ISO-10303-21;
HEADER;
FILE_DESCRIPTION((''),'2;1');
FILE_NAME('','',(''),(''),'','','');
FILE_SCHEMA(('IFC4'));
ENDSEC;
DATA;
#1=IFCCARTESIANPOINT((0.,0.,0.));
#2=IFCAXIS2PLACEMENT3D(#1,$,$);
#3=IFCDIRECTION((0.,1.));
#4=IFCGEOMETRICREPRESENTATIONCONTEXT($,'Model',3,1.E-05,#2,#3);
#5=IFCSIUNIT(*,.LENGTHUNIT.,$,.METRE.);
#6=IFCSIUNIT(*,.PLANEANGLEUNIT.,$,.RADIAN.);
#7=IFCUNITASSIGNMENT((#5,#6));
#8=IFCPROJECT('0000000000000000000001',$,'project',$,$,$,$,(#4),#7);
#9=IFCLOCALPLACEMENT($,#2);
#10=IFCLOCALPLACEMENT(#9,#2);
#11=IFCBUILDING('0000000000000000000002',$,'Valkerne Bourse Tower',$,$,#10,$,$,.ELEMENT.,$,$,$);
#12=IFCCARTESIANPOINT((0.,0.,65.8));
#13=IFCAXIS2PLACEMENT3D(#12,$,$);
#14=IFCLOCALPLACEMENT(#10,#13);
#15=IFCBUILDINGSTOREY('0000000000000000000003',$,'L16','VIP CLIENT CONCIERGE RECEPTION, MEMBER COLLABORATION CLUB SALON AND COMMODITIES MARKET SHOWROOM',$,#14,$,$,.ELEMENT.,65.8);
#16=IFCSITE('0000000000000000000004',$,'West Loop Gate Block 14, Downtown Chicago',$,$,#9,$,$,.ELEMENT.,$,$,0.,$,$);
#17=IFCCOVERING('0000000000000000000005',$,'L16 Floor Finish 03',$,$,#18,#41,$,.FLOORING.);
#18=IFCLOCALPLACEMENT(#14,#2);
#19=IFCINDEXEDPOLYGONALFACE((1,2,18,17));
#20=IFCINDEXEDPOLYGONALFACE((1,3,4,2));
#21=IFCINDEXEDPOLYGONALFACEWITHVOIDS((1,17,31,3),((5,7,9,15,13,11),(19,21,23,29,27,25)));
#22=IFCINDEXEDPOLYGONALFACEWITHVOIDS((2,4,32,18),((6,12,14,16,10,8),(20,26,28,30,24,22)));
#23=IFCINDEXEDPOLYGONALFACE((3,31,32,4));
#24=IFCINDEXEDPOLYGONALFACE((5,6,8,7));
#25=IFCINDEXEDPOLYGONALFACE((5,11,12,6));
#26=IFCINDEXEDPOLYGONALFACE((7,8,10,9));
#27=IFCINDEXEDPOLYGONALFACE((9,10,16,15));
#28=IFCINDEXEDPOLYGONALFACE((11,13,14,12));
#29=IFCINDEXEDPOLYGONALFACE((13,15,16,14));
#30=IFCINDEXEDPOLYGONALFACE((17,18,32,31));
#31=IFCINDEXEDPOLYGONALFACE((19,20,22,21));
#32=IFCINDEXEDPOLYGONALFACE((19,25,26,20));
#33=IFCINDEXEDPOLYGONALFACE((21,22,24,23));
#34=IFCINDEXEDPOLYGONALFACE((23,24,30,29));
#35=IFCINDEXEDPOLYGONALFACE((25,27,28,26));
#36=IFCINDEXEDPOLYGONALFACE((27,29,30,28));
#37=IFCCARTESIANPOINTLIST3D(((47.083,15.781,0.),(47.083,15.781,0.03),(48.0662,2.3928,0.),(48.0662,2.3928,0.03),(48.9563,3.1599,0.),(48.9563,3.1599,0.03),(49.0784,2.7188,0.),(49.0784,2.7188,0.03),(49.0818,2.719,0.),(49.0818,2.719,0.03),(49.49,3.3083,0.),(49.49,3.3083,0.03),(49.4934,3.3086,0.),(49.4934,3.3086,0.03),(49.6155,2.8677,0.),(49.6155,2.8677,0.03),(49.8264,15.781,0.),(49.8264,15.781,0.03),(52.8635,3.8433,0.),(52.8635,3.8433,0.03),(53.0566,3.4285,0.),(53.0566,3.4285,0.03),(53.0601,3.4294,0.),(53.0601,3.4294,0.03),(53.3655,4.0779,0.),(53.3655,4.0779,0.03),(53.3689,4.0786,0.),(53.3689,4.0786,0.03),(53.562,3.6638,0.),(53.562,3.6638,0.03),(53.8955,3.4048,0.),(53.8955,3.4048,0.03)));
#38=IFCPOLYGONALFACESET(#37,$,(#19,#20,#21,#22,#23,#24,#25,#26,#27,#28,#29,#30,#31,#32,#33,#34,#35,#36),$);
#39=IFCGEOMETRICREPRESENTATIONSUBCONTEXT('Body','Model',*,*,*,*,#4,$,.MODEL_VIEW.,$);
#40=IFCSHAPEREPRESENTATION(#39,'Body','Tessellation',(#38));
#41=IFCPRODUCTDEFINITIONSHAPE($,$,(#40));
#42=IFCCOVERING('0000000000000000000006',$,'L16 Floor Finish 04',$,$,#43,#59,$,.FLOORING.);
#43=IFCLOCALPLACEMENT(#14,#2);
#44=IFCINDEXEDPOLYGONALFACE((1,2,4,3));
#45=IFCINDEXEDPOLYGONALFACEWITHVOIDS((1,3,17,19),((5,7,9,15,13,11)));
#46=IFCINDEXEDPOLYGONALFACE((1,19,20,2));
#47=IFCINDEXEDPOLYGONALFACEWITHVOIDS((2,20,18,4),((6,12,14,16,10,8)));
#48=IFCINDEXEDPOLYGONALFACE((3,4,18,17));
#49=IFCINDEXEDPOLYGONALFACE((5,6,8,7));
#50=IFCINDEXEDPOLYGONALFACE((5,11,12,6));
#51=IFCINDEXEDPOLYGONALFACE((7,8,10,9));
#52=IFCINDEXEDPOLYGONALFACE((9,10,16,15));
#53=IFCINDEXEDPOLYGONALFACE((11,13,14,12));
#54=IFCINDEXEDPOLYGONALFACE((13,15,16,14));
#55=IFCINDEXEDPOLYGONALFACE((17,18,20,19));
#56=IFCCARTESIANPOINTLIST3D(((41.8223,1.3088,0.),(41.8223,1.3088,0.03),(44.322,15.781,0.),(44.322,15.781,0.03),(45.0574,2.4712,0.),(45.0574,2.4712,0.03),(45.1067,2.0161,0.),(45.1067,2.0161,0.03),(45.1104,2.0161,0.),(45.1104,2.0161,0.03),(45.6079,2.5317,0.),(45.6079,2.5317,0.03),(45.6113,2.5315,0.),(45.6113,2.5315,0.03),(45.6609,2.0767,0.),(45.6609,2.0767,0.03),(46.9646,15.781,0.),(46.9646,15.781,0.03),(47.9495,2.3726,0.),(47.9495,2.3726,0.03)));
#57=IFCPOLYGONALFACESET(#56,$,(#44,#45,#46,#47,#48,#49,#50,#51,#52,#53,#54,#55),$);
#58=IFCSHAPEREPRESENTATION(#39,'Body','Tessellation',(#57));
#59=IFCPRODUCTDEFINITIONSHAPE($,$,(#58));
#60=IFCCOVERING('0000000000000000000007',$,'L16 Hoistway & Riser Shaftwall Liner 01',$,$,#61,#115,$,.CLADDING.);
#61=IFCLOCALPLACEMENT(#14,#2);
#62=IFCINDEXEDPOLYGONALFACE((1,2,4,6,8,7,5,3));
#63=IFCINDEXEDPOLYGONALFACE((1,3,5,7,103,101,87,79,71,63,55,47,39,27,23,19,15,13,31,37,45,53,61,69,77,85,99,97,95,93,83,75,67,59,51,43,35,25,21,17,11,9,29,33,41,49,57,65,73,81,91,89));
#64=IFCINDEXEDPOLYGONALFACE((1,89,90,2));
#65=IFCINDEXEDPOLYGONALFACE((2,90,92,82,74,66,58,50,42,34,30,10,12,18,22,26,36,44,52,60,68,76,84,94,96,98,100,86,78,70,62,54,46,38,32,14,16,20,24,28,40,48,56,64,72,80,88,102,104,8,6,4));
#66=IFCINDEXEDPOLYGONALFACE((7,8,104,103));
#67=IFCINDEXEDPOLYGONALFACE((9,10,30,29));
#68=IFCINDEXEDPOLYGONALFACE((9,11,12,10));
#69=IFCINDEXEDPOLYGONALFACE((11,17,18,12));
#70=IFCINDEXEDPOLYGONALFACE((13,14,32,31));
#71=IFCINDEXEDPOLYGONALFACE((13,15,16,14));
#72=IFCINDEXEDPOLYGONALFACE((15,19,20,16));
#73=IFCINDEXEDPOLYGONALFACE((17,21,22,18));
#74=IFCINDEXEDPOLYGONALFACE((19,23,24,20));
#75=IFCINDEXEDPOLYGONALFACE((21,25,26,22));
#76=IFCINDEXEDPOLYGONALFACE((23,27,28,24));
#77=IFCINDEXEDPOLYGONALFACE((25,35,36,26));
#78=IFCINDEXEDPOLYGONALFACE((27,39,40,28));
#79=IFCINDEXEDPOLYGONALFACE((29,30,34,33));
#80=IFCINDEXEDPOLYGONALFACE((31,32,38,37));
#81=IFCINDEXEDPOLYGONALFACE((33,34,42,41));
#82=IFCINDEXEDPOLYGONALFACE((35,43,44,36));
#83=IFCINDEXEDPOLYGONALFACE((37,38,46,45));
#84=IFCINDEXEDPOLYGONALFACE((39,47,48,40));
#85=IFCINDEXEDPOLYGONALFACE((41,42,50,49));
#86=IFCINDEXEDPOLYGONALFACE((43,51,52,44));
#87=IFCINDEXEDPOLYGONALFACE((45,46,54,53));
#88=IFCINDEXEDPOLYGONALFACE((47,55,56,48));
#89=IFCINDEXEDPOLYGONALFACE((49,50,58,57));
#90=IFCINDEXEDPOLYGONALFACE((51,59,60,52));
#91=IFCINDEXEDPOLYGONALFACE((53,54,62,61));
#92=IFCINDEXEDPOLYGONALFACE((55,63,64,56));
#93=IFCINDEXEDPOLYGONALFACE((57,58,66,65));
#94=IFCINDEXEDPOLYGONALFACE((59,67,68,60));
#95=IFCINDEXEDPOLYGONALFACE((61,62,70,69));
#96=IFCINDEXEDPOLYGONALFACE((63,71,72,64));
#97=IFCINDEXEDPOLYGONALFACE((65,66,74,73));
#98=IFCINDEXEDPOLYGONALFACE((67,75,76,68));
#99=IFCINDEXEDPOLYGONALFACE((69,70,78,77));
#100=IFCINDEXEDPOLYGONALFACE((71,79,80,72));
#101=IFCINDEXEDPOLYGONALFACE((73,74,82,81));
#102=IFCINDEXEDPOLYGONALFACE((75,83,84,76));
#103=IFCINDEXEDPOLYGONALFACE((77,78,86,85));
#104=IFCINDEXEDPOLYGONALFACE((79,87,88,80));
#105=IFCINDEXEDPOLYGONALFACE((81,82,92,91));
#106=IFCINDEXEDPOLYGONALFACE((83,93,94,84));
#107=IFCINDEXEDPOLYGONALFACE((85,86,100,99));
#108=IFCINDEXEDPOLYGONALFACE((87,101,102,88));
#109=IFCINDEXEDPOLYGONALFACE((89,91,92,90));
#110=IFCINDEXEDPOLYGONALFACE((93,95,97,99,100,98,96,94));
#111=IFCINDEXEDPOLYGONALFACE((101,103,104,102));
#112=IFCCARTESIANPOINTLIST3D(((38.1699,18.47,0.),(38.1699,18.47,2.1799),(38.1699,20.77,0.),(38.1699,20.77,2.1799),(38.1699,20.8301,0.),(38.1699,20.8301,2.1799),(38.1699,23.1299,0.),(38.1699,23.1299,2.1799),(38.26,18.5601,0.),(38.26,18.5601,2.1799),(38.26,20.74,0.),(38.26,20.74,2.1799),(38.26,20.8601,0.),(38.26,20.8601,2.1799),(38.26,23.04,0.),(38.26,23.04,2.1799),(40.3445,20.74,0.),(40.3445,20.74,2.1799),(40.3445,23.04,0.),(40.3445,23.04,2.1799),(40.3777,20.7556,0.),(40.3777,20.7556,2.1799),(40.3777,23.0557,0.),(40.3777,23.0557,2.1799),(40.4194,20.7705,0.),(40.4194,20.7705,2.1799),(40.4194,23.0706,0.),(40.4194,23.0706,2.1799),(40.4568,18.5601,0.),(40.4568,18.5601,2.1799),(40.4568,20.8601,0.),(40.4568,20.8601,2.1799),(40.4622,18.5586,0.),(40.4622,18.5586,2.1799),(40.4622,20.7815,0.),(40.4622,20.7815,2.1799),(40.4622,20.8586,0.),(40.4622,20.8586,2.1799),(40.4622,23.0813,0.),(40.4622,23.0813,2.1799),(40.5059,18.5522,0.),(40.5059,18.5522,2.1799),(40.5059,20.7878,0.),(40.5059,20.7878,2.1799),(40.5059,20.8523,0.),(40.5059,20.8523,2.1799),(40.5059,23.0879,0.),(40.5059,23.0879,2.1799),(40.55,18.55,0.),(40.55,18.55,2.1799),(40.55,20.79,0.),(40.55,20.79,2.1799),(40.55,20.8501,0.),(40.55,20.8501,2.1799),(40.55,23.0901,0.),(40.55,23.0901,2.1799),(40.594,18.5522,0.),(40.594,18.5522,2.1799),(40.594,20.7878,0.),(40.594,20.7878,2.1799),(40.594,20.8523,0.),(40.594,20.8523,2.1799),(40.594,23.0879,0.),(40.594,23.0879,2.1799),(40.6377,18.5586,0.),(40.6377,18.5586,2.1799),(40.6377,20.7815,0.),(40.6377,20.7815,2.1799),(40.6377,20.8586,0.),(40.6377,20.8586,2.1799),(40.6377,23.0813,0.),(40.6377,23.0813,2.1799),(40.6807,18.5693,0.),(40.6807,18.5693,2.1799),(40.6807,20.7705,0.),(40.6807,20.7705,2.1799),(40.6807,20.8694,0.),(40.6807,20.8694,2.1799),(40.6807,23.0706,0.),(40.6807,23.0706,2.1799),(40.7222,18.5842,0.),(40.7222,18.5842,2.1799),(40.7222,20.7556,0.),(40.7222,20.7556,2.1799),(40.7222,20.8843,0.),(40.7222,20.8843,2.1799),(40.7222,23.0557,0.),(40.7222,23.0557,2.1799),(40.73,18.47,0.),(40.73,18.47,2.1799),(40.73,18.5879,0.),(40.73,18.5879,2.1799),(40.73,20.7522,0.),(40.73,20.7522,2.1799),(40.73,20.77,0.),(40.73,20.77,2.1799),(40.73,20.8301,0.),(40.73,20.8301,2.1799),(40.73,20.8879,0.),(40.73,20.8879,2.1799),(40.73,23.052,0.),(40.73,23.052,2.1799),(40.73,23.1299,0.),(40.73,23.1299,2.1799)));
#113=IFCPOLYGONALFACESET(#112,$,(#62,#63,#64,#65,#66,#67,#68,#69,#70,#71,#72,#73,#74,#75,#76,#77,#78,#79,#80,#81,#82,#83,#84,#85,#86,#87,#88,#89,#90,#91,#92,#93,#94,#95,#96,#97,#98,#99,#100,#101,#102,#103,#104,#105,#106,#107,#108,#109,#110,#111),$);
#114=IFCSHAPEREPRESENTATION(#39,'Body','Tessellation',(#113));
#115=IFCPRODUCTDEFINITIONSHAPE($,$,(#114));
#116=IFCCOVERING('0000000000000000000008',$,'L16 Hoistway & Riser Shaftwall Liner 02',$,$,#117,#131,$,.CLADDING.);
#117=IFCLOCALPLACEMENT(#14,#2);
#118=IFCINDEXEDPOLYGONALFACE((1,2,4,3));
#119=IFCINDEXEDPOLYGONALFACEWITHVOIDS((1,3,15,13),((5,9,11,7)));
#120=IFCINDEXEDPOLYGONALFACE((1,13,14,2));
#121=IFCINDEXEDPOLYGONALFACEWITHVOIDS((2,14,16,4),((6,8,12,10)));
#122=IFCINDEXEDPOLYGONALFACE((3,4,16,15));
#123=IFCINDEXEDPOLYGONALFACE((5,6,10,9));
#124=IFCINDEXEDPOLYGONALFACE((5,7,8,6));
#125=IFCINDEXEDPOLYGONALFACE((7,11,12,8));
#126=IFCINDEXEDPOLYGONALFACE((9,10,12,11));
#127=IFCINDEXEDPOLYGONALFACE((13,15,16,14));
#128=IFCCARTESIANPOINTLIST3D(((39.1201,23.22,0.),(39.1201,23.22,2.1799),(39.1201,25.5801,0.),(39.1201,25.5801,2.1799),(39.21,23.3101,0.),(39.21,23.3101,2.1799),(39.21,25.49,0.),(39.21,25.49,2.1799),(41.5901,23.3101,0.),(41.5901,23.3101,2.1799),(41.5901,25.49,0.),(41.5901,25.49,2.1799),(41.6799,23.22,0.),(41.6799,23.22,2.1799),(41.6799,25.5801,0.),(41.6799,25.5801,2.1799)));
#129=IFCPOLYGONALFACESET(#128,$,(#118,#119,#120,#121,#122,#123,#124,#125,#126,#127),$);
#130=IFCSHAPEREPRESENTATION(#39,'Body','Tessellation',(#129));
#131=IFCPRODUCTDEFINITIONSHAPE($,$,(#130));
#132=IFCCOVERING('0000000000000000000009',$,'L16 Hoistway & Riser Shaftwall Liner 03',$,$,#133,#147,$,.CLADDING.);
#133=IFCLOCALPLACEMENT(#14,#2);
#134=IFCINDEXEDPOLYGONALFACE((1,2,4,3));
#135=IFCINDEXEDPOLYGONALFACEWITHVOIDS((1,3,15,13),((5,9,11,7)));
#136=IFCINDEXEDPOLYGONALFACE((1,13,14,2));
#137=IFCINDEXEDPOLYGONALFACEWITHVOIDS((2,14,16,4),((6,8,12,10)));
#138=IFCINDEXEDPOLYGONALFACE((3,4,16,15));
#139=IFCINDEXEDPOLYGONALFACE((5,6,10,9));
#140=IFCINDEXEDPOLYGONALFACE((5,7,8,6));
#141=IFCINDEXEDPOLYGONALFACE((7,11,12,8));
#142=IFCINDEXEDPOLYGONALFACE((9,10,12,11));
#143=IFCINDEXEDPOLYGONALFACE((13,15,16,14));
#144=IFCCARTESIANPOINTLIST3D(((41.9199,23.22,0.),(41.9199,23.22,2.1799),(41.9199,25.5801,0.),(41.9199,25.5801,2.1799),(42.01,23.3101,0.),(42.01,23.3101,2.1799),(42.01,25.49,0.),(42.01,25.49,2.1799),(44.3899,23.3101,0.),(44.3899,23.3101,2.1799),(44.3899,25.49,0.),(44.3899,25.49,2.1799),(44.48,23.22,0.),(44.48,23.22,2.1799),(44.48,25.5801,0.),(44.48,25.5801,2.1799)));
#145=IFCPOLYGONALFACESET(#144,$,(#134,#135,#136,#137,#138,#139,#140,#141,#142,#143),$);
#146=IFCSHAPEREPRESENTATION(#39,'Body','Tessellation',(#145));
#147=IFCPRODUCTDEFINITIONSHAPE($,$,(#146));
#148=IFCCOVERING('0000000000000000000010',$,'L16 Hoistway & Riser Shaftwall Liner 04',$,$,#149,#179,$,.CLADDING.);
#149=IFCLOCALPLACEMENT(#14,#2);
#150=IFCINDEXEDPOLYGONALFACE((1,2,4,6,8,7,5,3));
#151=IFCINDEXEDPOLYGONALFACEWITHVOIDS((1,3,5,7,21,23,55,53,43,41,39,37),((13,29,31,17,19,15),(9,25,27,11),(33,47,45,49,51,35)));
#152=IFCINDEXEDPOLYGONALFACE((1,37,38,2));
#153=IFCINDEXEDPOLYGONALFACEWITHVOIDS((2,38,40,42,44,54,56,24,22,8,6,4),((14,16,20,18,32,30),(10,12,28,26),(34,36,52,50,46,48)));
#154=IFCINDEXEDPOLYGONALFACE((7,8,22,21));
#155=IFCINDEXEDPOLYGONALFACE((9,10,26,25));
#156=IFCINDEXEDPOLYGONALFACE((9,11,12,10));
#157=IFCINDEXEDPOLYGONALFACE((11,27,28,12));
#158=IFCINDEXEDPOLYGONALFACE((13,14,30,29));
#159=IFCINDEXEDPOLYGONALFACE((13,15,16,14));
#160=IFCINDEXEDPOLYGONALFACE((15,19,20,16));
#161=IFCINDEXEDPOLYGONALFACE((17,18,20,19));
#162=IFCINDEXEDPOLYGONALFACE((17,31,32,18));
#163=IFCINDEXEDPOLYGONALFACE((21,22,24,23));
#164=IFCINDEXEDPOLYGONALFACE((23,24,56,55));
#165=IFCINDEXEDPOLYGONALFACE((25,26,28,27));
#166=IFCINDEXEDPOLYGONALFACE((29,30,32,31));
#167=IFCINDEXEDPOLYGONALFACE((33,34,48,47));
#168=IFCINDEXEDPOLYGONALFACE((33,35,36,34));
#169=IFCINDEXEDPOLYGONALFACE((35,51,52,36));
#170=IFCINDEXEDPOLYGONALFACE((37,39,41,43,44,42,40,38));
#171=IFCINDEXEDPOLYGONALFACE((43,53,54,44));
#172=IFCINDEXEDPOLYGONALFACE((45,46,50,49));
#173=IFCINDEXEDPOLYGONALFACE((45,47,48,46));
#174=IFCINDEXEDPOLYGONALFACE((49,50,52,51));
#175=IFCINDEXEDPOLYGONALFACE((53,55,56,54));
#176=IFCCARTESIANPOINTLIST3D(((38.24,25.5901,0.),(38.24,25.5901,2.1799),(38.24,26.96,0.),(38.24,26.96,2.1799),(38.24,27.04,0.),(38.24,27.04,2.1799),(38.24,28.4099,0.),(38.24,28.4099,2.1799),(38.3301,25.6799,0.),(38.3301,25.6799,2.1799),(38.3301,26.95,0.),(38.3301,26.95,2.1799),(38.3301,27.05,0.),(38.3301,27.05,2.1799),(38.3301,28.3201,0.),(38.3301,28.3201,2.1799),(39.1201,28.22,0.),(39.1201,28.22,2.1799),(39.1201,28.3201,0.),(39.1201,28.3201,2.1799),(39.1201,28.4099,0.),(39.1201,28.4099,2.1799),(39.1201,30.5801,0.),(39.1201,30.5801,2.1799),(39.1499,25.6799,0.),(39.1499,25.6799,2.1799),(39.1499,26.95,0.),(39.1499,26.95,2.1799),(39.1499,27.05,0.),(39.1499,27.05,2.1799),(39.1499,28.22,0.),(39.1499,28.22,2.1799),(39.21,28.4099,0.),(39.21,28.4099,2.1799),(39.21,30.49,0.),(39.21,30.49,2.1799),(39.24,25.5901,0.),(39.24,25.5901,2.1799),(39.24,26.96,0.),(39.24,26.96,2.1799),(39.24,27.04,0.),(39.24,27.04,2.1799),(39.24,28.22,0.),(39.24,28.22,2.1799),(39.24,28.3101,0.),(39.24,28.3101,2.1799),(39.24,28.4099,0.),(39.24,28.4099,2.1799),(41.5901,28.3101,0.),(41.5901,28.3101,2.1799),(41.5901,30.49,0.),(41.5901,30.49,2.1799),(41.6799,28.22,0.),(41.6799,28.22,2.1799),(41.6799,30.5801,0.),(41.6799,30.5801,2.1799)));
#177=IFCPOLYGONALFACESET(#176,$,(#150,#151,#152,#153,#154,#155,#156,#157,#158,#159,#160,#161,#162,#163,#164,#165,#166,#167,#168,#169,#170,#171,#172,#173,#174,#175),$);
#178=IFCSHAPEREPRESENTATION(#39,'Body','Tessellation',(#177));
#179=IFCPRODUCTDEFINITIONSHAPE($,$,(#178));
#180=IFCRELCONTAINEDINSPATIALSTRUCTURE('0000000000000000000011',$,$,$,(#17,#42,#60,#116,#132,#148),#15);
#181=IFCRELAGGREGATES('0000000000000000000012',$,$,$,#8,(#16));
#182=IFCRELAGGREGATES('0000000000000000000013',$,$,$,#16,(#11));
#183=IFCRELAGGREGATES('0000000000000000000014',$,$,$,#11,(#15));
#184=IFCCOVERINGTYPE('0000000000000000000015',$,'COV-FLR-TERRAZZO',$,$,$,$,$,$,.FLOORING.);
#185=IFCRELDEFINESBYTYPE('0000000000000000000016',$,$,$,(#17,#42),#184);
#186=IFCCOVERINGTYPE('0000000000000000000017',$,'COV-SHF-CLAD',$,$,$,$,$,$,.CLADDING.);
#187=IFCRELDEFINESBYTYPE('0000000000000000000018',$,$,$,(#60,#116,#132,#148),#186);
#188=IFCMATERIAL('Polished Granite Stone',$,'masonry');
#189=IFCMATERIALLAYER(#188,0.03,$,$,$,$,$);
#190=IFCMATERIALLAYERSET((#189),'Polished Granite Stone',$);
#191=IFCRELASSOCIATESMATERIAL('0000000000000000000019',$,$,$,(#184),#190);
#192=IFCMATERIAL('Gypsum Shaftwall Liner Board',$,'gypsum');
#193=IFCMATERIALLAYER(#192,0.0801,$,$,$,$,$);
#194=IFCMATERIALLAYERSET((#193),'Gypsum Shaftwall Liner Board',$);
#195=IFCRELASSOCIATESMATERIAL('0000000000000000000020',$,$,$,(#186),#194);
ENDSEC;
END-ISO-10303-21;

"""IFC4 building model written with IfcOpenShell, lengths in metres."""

from ifc_helpers import new_model, si_unit, direction, frame, origin, place, context, subcontext, project, spatial, polyline, outline, extrude, material, layer, layer_set, type_object, element, save


model = new_model("IFC4")

# Units and contexts
model_context = context("Model", 3, precision=1e-05, world=origin(), true_north=direction((0.0, 1.0)))
body_context = subcontext(model_context, "Body", "Model", "MODEL_VIEW")
ifc_project = project(units=[si_unit("LENGTHUNIT", "METRE"), si_unit("PLANEANGLEUNIT", "RADIAN")], contexts=[model_context])

# Site, building, storey
site_placement = place(None, origin())
site = spatial("IfcSite", under=ifc_project, at=site_placement, Name="West Loop Gate Block 14, Downtown Chicago", CompositionType="ELEMENT", RefElevation=0.0)
building_placement = place(site_placement, origin())
building = spatial("IfcBuilding", under=site, at=building_placement, Name="Valkerne Bourse Tower", CompositionType="ELEMENT")
storey_placement = place(building_placement, frame((0.0, 0.0, 65.8)))
storey = spatial("IfcBuildingStorey", under=building, at=storey_placement, Name="L16", Description="VIP CLIENT CONCIERGE RECEPTION, MEMBER COLLABORATION CLUB SALON AND COMMODITIES MARKET SHOWROOM", CompositionType="ELEMENT", Elevation=65.8)

# Coverings
ifc_material_1 = material(Name="Polished Granite Stone", Category="masonry")
ifc_layer_1 = layer(ifc_material_1, 0.03)
ifc_layer_set_1 = layer_set([ifc_layer_1], Name="Polished Granite Stone")
covering_type_1 = type_object("IfcCoveringType", Name="COV-FLR-TERRAZZO", PredefinedType="FLOORING", material=ifc_layer_set_1)
covering_1_placement = place(storey_placement, origin())
element("IfcCovering", 1, at=covering_1_placement, inside=storey, type_object=covering_type_1, Name="L16 Floor Finish 03", PredefinedType="FLOORING", context=body_context, shape_type="SweptSolid", body=[
    extrude(outline(polyline([(49.8264, 15.781), (53.8955, 3.4048), (48.0662, 2.3928), (47.083, 15.781), (49.8264, 15.781)]), holes=[polyline([(49.0818, 2.719), (49.6155, 2.8677), (49.4934, 3.3086), (49.49, 3.3083), (48.9563, 3.1599), (49.0784, 2.7188), (49.0818, 2.719)]), polyline([(53.0601, 3.4294), (53.562, 3.6638), (53.3689, 4.0786), (53.3655, 4.0779), (52.8635, 3.8433), (53.0566, 3.4285), (53.0601, 3.4294)])]), origin(), (0.0, 0.0, 1.0), 0.03),
])
covering_2_placement = place(storey_placement, origin())
element("IfcCovering", 2, at=covering_2_placement, inside=storey, type_object=covering_type_1, Name="L16 Floor Finish 04", PredefinedType="FLOORING", context=body_context, shape_type="SweptSolid", body=[
    extrude(outline(polyline([(46.9646, 15.781), (47.9495, 2.3726), (41.8223, 1.3088), (44.322, 15.781), (46.9646, 15.781)]), holes=[polyline([(45.6113, 2.5315), (45.6079, 2.5317), (45.0574, 2.4712), (45.1067, 2.0161), (45.1104, 2.0161), (45.6609, 2.0767), (45.6113, 2.5315)])]), origin(), (0.0, 0.0, 1.0), 0.03),
])
ifc_material_2 = material(Name="Gypsum Shaftwall Liner Board", Category="gypsum")
ifc_layer_2 = layer(ifc_material_2, 0.0801)
ifc_layer_set_2 = layer_set([ifc_layer_2], Name="Gypsum Shaftwall Liner Board")
covering_type_2 = type_object("IfcCoveringType", Name="COV-SHF-CLAD", PredefinedType="CLADDING", material=ifc_layer_set_2)
covering_3_placement = place(storey_placement, origin())
element("IfcCovering", 3, at=covering_3_placement, inside=storey, type_object=covering_type_2, Name="L16 Hoistway & Riser Shaftwall Liner 01", PredefinedType="CLADDING", context=body_context, shape_type="SweptSolid", body=[
    extrude(outline(polyline([(38.1699, 23.1299), (40.73, 23.1299), (40.73, 23.052), (40.7222, 23.0557), (40.6807, 23.0706), (40.6377, 23.0813), (40.594, 23.0879), (40.55, 23.0901), (40.5059, 23.0879), (40.4622, 23.0813), (40.4194, 23.0706), (40.3777, 23.0557), (40.3445, 23.04), (38.26, 23.04), (38.26, 20.8601), (40.4568, 20.8601), (40.4622, 20.8586), (40.5059, 20.8523), (40.55, 20.8501), (40.594, 20.8523), (40.6377, 20.8586), (40.6807, 20.8694), (40.7222, 20.8843), (40.73, 20.8879), (40.73, 20.8301), (40.73, 20.77), (40.73, 20.7522), (40.7222, 20.7556), (40.6807, 20.7705), (40.6377, 20.7815), (40.594, 20.7878), (40.55, 20.79), (40.5059, 20.7878), (40.4622, 20.7815), (40.4194, 20.7705), (40.3777, 20.7556), (40.3445, 20.74), (38.26, 20.74), (38.26, 18.5601), (40.4568, 18.5601), (40.4622, 18.5586), (40.5059, 18.5522), (40.55, 18.55), (40.594, 18.5522), (40.6377, 18.5586), (40.6807, 18.5693), (40.7222, 18.5842), (40.73, 18.5879), (40.73, 18.47), (38.1699, 18.47), (38.1699, 20.77), (38.1699, 20.8301), (38.1699, 23.1299)])), origin(), (0.0, 0.0, 1.0), 2.1799),
])
covering_4_placement = place(storey_placement, origin())
element("IfcCovering", 4, at=covering_4_placement, inside=storey, type_object=covering_type_2, Name="L16 Hoistway & Riser Shaftwall Liner 02", PredefinedType="CLADDING", context=body_context, shape_type="SweptSolid", body=[
    extrude(outline(polyline([(41.6799, 23.22), (39.1201, 23.22), (39.1201, 25.5801), (41.6799, 25.5801), (41.6799, 23.22)]), holes=[polyline([(39.21, 25.49), (39.21, 23.3101), (41.5901, 23.3101), (41.5901, 25.49), (39.21, 25.49)])]), origin(), (0.0, 0.0, 1.0), 2.1799),
])
covering_5_placement = place(storey_placement, origin())
element("IfcCovering", 5, at=covering_5_placement, inside=storey, type_object=covering_type_2, Name="L16 Hoistway & Riser Shaftwall Liner 03", PredefinedType="CLADDING", context=body_context, shape_type="SweptSolid", body=[
    extrude(outline(polyline([(44.48, 23.22), (41.9199, 23.22), (41.9199, 25.5801), (44.48, 25.5801), (44.48, 23.22)]), holes=[polyline([(42.01, 25.49), (42.01, 23.3101), (44.3899, 23.3101), (44.3899, 25.49), (42.01, 25.49)])]), origin(), (0.0, 0.0, 1.0), 2.1799),
])
covering_6_placement = place(storey_placement, origin())
element("IfcCovering", 6, at=covering_6_placement, inside=storey, type_object=covering_type_2, Name="L16 Hoistway & Riser Shaftwall Liner 04", PredefinedType="CLADDING", context=body_context, shape_type="SweptSolid", body=[
    extrude(outline(polyline([(38.24, 28.4099), (39.1201, 28.4099), (39.1201, 30.5801), (41.6799, 30.5801), (41.6799, 28.22), (39.24, 28.22), (39.24, 27.04), (39.24, 26.96), (39.24, 25.5901), (38.24, 25.5901), (38.24, 26.96), (38.24, 27.04), (38.24, 28.4099)]), holes=[polyline([(39.21, 30.49), (39.21, 28.4099), (39.24, 28.4099), (39.24, 28.3101), (41.5901, 28.3101), (41.5901, 30.49), (39.21, 30.49)]), polyline([(38.3301, 26.95), (38.3301, 25.6799), (39.1499, 25.6799), (39.1499, 26.95), (38.3301, 26.95)]), polyline([(39.1201, 28.22), (39.1201, 28.3201), (38.3301, 28.3201), (38.3301, 27.05), (39.1499, 27.05), (39.1499, 28.22), (39.1201, 28.22)])]), origin(), (0.0, 0.0, 1.0), 2.1799),
])

save(model, "model.ifc")
